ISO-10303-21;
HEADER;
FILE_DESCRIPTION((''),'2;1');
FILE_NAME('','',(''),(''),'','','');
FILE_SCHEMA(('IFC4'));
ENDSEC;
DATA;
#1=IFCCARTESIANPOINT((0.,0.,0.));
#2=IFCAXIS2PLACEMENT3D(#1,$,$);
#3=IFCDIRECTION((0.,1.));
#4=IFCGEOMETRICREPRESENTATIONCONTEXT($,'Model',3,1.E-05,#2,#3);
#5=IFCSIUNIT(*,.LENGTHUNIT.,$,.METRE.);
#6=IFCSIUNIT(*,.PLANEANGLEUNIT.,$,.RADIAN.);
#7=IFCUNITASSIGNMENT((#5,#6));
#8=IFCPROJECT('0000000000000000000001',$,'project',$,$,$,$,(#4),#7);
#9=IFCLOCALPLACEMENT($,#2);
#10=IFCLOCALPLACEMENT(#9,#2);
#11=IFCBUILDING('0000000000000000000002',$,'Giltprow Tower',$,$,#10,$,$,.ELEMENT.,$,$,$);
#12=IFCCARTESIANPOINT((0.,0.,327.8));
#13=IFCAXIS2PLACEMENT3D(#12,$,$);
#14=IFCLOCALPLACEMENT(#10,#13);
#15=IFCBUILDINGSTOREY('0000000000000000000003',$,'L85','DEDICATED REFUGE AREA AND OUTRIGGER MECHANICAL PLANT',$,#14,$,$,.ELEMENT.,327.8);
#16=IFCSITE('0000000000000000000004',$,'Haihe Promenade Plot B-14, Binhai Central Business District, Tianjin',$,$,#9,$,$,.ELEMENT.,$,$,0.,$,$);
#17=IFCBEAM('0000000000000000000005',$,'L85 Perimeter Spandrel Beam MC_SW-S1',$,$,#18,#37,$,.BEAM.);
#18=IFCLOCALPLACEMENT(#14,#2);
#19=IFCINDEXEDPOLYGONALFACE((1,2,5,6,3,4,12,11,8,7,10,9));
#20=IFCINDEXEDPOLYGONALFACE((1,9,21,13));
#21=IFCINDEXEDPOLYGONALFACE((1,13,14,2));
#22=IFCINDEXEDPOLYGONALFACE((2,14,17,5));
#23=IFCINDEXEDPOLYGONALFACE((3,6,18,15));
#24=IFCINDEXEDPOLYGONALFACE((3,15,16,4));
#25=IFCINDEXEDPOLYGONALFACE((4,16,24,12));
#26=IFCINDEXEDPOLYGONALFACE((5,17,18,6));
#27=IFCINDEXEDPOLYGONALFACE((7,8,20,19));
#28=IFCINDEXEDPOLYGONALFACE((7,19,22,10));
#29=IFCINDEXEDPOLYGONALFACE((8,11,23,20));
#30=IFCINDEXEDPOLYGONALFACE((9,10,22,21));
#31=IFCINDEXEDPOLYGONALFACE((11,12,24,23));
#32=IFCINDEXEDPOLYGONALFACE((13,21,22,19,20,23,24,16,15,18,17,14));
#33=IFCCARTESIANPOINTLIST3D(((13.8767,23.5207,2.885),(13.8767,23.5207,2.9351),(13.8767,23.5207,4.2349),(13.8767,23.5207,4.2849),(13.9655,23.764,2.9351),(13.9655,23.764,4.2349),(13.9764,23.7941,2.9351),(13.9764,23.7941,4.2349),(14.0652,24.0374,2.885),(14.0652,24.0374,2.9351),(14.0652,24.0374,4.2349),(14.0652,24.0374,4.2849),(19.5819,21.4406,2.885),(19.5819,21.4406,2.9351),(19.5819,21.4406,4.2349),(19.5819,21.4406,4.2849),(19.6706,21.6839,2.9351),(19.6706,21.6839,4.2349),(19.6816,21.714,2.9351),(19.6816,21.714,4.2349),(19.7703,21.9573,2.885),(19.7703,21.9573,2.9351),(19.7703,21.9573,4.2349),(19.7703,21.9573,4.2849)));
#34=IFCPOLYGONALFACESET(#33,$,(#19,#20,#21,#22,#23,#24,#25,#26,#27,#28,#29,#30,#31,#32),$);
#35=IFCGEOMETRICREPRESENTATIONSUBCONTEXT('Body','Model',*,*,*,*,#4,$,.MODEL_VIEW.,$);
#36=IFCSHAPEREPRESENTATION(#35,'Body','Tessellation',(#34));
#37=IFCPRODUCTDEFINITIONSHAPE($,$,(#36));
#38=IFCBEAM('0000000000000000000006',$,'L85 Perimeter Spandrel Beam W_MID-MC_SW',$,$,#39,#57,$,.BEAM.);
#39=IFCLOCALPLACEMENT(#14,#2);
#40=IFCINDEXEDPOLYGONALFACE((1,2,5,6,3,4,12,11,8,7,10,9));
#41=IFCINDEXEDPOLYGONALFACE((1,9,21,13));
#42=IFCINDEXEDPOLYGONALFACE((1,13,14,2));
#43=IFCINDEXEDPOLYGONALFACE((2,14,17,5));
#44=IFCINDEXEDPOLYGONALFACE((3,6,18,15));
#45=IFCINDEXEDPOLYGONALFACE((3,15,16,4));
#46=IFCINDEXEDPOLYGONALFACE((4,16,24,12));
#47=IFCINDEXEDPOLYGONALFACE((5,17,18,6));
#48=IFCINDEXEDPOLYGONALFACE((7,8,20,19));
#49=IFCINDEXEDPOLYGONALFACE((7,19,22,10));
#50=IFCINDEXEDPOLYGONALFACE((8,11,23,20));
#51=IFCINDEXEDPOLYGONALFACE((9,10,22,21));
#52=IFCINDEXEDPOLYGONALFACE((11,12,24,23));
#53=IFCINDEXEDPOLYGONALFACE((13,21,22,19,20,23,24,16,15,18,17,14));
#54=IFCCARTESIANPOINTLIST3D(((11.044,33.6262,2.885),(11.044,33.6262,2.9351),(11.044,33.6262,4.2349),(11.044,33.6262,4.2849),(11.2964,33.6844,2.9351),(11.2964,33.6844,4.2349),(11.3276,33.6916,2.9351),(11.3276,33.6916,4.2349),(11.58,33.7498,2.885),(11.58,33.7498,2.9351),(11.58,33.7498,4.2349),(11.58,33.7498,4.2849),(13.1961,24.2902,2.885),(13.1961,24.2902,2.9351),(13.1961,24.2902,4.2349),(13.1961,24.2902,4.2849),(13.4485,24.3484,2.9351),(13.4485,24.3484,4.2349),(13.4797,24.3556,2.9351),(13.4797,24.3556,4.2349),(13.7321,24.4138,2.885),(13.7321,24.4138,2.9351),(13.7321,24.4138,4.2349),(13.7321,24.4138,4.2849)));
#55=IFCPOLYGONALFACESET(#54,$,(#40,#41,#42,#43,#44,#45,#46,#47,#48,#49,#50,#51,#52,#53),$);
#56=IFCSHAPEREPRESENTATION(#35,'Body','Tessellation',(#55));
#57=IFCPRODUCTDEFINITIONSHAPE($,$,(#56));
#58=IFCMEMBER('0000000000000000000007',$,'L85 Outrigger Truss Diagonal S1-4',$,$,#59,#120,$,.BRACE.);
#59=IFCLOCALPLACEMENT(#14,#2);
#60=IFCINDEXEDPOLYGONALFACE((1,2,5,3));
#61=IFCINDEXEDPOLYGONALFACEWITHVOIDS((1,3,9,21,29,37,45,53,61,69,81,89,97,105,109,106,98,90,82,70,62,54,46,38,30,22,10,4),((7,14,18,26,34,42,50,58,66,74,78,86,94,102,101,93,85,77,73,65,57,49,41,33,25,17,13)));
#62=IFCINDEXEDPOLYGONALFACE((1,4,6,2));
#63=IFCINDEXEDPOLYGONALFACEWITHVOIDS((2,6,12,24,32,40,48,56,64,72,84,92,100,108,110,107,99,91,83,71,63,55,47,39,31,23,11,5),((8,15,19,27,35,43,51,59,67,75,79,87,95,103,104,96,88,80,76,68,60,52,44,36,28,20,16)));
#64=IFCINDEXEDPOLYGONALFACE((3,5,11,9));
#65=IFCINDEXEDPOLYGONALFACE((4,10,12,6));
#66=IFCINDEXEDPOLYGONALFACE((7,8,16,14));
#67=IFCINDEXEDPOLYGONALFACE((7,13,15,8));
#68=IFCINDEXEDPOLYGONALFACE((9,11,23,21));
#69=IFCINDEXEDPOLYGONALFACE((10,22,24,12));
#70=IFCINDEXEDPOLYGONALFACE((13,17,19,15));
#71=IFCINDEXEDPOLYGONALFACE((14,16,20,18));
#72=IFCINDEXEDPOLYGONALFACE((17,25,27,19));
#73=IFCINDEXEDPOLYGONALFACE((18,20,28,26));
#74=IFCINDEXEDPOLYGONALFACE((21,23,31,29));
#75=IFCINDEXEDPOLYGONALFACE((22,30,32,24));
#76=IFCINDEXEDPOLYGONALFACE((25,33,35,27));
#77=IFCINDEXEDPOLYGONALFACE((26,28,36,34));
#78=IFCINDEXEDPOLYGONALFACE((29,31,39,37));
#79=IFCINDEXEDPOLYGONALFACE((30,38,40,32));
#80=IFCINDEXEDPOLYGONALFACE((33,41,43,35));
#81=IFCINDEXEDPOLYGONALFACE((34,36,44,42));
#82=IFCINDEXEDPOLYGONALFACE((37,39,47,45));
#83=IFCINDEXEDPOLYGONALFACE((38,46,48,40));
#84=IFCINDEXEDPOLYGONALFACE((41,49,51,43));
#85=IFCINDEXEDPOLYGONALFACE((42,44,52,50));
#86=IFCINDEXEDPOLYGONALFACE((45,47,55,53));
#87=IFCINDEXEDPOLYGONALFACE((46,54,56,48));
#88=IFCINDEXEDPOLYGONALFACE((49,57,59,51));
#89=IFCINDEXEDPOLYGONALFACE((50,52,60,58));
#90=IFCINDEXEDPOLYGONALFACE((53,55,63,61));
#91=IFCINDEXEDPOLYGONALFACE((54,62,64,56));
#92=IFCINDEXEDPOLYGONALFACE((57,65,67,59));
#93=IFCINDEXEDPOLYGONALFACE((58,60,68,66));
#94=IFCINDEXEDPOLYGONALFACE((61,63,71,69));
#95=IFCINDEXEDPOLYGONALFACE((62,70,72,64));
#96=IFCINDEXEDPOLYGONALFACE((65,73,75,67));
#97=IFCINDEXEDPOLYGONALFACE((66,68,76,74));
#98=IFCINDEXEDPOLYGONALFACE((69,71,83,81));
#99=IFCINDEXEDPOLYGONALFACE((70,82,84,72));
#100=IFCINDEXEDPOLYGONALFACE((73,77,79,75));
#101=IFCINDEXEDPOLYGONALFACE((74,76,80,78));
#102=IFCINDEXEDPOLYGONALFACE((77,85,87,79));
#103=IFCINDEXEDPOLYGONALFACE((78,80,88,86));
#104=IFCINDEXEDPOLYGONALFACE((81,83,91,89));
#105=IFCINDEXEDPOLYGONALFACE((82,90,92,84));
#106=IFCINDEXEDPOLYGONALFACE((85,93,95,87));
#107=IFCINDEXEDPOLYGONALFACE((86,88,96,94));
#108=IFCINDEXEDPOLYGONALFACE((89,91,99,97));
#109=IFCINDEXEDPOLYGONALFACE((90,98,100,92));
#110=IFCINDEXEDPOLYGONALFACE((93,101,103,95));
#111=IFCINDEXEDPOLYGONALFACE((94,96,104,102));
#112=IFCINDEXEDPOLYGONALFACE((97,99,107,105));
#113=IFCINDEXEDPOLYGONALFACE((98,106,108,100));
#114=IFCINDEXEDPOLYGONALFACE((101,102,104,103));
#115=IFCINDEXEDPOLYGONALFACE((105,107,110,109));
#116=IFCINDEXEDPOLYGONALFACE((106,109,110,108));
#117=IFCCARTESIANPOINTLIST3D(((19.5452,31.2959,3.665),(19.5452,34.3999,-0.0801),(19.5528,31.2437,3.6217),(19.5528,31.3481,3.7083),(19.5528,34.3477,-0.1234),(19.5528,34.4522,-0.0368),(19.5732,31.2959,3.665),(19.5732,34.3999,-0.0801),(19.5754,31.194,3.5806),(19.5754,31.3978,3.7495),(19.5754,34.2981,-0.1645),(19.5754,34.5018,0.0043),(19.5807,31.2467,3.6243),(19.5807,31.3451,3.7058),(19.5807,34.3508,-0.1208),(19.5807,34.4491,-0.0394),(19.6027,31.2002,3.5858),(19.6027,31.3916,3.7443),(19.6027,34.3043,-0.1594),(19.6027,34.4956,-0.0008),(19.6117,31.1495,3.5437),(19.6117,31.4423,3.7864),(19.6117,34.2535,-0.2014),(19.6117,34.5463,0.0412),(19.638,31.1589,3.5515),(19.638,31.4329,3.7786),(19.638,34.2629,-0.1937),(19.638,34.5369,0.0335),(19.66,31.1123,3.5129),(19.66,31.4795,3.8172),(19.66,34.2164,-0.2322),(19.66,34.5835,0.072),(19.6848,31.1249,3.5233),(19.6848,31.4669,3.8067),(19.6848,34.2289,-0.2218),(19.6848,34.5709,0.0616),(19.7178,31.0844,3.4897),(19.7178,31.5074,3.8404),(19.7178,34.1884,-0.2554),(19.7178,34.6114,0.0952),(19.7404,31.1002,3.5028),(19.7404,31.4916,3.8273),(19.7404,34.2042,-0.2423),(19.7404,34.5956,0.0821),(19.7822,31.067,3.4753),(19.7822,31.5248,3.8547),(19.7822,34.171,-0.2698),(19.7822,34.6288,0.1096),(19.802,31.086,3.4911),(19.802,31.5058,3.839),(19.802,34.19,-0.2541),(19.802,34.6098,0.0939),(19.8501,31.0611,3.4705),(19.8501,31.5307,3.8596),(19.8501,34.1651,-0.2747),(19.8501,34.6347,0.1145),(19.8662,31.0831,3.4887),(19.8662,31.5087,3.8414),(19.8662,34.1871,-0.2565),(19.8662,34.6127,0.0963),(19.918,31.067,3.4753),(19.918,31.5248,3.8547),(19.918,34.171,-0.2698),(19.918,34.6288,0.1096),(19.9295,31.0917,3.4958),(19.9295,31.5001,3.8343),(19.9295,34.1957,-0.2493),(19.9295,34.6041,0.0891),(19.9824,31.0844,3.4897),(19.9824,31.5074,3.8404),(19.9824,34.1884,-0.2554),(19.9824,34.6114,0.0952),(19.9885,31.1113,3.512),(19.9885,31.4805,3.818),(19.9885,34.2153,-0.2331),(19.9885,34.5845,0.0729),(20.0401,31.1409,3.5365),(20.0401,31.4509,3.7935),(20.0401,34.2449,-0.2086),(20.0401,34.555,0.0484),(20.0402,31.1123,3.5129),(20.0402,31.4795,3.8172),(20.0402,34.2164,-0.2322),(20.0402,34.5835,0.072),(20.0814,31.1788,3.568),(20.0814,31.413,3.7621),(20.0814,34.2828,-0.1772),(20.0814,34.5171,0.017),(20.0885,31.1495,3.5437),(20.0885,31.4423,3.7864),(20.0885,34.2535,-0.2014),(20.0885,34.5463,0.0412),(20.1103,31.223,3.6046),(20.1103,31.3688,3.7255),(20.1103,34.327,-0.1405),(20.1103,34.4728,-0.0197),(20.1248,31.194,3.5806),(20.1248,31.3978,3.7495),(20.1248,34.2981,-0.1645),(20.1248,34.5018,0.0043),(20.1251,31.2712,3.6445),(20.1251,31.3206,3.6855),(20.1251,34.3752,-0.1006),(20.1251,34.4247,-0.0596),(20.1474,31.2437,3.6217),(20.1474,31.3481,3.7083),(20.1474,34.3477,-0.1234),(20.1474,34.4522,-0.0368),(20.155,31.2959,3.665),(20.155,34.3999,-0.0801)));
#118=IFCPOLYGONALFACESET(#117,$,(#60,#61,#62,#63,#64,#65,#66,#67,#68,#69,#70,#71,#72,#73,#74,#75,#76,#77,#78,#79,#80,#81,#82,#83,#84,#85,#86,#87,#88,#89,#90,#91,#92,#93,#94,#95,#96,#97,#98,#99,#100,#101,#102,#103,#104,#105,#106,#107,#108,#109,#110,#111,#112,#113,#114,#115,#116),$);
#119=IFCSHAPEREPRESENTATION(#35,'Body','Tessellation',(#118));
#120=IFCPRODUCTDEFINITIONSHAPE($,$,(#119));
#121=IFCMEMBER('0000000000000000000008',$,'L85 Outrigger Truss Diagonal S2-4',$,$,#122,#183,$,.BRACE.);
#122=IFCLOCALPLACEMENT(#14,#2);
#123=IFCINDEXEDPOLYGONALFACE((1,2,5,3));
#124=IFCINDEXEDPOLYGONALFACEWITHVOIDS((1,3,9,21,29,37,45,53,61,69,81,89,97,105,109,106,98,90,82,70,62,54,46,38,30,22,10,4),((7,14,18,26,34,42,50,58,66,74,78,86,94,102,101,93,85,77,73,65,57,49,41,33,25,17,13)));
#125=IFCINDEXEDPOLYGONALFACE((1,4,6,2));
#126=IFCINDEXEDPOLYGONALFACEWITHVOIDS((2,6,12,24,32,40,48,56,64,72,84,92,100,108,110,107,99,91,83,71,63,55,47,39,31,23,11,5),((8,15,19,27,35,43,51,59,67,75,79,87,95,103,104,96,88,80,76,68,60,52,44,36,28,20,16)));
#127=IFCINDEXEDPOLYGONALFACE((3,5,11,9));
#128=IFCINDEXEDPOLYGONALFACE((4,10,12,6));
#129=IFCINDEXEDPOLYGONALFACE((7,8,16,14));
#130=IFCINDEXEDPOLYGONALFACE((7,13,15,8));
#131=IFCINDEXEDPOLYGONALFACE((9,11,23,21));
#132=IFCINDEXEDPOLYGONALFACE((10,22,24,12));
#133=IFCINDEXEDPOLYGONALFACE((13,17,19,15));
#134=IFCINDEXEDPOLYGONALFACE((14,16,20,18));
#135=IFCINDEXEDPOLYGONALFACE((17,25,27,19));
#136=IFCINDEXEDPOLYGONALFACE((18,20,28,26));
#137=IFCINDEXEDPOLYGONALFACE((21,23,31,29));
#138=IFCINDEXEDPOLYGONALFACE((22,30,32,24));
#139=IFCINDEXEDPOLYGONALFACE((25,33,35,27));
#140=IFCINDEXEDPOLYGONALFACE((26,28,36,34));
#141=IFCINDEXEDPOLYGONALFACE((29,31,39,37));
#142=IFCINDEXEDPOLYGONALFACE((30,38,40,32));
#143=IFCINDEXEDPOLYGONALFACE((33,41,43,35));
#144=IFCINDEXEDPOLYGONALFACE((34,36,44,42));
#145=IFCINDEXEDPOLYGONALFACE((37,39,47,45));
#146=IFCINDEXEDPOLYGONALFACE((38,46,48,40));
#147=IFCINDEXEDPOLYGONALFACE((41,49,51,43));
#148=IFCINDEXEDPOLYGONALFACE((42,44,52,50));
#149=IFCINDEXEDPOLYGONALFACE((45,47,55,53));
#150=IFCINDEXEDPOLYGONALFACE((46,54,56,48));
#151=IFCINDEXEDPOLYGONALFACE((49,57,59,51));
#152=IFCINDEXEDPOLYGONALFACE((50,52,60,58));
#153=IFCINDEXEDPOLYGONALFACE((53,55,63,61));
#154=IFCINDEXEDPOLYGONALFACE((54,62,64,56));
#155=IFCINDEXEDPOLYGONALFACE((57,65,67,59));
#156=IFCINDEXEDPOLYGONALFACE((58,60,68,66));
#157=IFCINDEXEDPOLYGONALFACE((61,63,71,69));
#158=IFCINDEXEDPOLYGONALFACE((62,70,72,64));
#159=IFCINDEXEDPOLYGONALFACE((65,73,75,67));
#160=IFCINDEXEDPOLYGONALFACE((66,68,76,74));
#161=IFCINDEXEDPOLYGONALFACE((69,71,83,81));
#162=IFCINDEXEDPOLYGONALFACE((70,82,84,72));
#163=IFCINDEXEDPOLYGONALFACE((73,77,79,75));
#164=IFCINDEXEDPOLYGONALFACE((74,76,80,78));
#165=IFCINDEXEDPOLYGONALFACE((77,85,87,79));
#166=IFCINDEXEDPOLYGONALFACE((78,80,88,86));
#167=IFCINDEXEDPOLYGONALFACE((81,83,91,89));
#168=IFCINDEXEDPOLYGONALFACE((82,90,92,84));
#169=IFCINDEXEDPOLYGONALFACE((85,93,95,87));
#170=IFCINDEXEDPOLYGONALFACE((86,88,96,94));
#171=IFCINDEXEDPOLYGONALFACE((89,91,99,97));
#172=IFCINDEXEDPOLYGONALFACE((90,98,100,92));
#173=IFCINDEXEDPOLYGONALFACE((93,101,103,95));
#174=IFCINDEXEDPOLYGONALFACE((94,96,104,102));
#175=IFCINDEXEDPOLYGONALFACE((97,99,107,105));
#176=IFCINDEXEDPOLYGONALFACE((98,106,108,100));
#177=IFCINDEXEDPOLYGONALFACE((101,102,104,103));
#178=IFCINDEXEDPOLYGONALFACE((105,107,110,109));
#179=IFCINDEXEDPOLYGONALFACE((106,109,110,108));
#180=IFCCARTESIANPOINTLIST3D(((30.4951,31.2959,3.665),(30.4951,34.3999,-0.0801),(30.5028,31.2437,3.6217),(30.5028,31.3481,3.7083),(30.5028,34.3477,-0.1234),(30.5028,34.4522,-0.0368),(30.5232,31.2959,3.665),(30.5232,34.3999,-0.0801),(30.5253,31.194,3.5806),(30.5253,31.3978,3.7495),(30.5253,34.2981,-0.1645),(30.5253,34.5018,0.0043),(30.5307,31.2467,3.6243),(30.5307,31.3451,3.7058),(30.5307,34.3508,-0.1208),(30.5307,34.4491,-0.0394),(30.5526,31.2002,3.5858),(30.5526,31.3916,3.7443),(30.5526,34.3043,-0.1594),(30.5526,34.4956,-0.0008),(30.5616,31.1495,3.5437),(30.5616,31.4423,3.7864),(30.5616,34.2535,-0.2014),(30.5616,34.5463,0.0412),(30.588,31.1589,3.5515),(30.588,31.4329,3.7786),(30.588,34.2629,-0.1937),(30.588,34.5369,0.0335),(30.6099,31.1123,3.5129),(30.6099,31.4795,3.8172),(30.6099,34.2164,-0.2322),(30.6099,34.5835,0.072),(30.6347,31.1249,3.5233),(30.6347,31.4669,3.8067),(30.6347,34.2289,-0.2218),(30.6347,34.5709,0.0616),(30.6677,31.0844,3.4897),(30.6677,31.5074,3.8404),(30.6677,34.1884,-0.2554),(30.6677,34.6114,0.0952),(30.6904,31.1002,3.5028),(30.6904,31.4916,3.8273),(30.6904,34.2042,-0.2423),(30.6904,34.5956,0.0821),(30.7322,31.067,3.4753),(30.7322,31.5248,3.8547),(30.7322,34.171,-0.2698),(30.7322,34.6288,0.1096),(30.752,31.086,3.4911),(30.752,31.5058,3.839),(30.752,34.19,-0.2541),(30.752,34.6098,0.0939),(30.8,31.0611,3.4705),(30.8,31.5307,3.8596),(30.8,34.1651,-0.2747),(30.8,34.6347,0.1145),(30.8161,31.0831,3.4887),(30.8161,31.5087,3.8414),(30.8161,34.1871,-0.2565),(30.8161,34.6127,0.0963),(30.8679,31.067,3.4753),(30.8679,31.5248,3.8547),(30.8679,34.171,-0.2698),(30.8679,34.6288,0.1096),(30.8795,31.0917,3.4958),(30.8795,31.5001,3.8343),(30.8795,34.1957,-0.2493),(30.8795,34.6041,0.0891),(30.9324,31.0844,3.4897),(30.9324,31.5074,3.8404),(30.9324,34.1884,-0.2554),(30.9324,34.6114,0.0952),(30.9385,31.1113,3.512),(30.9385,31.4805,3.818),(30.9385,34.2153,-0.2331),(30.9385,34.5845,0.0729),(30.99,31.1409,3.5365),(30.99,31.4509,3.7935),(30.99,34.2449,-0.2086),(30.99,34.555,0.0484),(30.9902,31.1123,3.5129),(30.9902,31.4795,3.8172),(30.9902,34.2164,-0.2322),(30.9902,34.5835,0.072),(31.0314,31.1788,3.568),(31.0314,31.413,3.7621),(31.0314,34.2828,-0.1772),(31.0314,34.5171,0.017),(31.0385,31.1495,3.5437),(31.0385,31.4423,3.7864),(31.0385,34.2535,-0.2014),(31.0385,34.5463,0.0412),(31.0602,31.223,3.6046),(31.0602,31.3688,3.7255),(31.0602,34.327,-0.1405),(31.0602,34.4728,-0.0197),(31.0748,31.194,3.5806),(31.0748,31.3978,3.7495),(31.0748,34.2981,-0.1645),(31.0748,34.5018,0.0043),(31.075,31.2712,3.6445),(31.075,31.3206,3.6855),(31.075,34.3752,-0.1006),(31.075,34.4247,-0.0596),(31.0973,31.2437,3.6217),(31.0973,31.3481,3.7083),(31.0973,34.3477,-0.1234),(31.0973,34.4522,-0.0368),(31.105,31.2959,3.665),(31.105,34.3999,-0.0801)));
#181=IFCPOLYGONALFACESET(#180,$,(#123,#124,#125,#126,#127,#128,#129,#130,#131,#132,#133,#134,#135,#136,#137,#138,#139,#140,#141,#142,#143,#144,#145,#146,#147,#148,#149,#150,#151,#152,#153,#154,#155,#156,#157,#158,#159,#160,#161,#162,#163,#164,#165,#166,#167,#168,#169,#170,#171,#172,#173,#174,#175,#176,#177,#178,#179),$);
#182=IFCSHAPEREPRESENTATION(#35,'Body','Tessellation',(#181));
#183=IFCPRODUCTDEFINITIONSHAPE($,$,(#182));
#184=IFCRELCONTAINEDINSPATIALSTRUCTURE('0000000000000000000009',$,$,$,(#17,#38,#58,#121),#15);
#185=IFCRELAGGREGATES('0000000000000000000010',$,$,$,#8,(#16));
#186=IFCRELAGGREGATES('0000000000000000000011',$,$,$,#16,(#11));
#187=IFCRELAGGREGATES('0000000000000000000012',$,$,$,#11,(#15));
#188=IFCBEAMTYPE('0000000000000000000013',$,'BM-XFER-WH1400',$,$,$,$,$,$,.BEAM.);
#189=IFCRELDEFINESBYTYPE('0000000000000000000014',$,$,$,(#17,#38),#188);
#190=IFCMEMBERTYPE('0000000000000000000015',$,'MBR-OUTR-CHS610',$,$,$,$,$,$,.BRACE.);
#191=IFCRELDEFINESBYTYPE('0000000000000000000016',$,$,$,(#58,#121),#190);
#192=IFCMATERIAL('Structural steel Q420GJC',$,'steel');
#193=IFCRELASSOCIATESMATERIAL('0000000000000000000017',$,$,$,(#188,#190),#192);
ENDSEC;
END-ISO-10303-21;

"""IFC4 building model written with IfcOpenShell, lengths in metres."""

from ifc_helpers import new_model, si_unit, direction, frame, origin, origin_2d, place, context, subcontext, project, spatial, hollow_circle, i_section, extrude, source, transform, mapped, material, material_profile, profile_set, type_object, element, save


model = new_model("IFC4")

# Units and contexts
model_context = context("Model", 3, precision=1e-05, world=origin(), true_north=direction((0.0, 1.0)))
body_context = subcontext(model_context, "Body", "Model", "MODEL_VIEW")
ifc_project = project(units=[si_unit("LENGTHUNIT", "METRE"), si_unit("PLANEANGLEUNIT", "RADIAN")], contexts=[model_context])

# Site, building, storey
site_placement = place(None, origin())
site = spatial("IfcSite", under=ifc_project, at=site_placement, Name="Haihe Promenade Plot B-14, Binhai Central Business District, Tianjin", CompositionType="ELEMENT", RefElevation=0.0)
building_placement = place(site_placement, origin())
building = spatial("IfcBuilding", under=site, at=building_placement, Name="Giltprow Tower", CompositionType="ELEMENT")
storey_placement = place(building_placement, frame((0.0, 0.0, 327.8)))
storey = spatial("IfcBuildingStorey", under=building, at=storey_placement, Name="L85", Description="DEDICATED REFUGE AREA AND OUTRIGGER MECHANICAL PLANT", CompositionType="ELEMENT", Elevation=327.8)

# Shared definitions
ifc_material_1 = material(Name="Structural steel Q420GJC", Category="steel")

# Beams
ifc_material_profile_1 = material_profile(ifc_material_1, i_section(OverallWidth=0.55, OverallDepth=1.3999, WebThickness=0.032, FlangeThickness=0.05, at=origin_2d()), Name="WH 1400x550x32x50")
ifc_profile_set_1 = profile_set([ifc_material_profile_1], Name="Structural steel Q420GJC")
beam_type_1 = type_object("IfcBeamType", Name="BM-XFER-WH1400", PredefinedType="BEAM", material=ifc_profile_set_1)
shared_shape_1 = source(origin(), body_context, "Body", "SweptSolid", [
    extrude(i_section(OverallWidth=0.55, OverallDepth=1.3999, WebThickness=0.032, FlangeThickness=0.05, at=origin_2d()), origin(), (0.0, 0.0, 1.0), 6.0725),
])
beam_1_placement = place(storey_placement, frame((13.9709, 23.7791, 3.585), z_axis=(0.939502, -0.342544, 0.0), x_axis=(0.342544, 0.939502, 0.0)))
element("IfcBeam", 1, at=beam_1_placement, inside=storey, type_object=beam_type_1, Name="L85 Perimeter Spandrel Beam MC_SW-S1", PredefinedType="BEAM", context=body_context, shape_type="MappedRepresentation", body=[
    mapped(shared_shape_1, transform((0.0, 0.0, 0.0), x_axis=(1.0, 0.0, 0.0), y_axis=(0.0, 1.0, 0.0), z_axis=(0.0, 0.0, 1.0), scale=1.0)),
])
shared_shape_2 = source(origin(), body_context, "Body", "SweptSolid", [
    extrude(i_section(OverallWidth=0.55, OverallDepth=1.3999, WebThickness=0.032, FlangeThickness=0.05, at=origin_2d()), origin(), (0.0, 0.0, 1.0), 9.5808),
])
beam_2_placement = place(storey_placement, frame((11.312, 33.688, 3.585), z_axis=(0.224627, -0.974445, 0.0), x_axis=(0.974445, 0.224627, 0.0)))
element("IfcBeam", 2, at=beam_2_placement, inside=storey, type_object=beam_type_1, Name="L85 Perimeter Spandrel Beam W_MID-MC_SW", PredefinedType="BEAM", context=body_context, shape_type="MappedRepresentation", body=[
    mapped(shared_shape_2, transform((0.0, 0.0, 0.0), x_axis=(1.0, 0.0, 0.0), y_axis=(0.0, 1.0, 0.0), z_axis=(0.0, 0.0, 1.0), scale=1.0)),
])

# Members
ifc_material_profile_2 = material_profile(ifc_material_1, hollow_circle(Radius=0.3049, WallThickness=0.0281, at=origin_2d()), Name="CHS 610x28")
ifc_profile_set_2 = profile_set([ifc_material_profile_2], Name="Structural steel Q420GJC")
member_type_1 = type_object("IfcMemberType", Name="MBR-OUTR-CHS610", PredefinedType="BRACE", material=ifc_profile_set_2)
shared_shape_3 = source(origin(), body_context, "Body", "SweptSolid", [
    extrude(hollow_circle(Radius=0.3049, WallThickness=0.0281, at=origin_2d()), origin(), (0.0, 0.0, 1.0), 4.8643),
])
for number, where, z_axis, x_axis, name in (
    (3, (19.8501, 31.2959, 3.665), (0.0, 0.638128, -0.76993), (-1.0, 0.0, 0.0), "L85 Outrigger Truss Diagonal S1-4"),
    (4, (30.8, 31.2959, 3.665), (0.0, 0.638128, -0.76993), (-1.0, 0.0, 0.0), "L85 Outrigger Truss Diagonal S2-4"),
):
    element("IfcMember", number, at=place(storey_placement, frame(where, z_axis=z_axis, x_axis=x_axis)), inside=storey, type_object=member_type_1, Name=name, PredefinedType="BRACE", context=body_context, shape_type="MappedRepresentation", body=[
        mapped(shared_shape_3, transform((0.0, 0.0, 0.0), x_axis=(1.0, 0.0, 0.0), y_axis=(0.0, 1.0, 0.0), z_axis=(0.0, 0.0, 1.0), scale=1.0)),
    ])

save(model, "model.ifc")
